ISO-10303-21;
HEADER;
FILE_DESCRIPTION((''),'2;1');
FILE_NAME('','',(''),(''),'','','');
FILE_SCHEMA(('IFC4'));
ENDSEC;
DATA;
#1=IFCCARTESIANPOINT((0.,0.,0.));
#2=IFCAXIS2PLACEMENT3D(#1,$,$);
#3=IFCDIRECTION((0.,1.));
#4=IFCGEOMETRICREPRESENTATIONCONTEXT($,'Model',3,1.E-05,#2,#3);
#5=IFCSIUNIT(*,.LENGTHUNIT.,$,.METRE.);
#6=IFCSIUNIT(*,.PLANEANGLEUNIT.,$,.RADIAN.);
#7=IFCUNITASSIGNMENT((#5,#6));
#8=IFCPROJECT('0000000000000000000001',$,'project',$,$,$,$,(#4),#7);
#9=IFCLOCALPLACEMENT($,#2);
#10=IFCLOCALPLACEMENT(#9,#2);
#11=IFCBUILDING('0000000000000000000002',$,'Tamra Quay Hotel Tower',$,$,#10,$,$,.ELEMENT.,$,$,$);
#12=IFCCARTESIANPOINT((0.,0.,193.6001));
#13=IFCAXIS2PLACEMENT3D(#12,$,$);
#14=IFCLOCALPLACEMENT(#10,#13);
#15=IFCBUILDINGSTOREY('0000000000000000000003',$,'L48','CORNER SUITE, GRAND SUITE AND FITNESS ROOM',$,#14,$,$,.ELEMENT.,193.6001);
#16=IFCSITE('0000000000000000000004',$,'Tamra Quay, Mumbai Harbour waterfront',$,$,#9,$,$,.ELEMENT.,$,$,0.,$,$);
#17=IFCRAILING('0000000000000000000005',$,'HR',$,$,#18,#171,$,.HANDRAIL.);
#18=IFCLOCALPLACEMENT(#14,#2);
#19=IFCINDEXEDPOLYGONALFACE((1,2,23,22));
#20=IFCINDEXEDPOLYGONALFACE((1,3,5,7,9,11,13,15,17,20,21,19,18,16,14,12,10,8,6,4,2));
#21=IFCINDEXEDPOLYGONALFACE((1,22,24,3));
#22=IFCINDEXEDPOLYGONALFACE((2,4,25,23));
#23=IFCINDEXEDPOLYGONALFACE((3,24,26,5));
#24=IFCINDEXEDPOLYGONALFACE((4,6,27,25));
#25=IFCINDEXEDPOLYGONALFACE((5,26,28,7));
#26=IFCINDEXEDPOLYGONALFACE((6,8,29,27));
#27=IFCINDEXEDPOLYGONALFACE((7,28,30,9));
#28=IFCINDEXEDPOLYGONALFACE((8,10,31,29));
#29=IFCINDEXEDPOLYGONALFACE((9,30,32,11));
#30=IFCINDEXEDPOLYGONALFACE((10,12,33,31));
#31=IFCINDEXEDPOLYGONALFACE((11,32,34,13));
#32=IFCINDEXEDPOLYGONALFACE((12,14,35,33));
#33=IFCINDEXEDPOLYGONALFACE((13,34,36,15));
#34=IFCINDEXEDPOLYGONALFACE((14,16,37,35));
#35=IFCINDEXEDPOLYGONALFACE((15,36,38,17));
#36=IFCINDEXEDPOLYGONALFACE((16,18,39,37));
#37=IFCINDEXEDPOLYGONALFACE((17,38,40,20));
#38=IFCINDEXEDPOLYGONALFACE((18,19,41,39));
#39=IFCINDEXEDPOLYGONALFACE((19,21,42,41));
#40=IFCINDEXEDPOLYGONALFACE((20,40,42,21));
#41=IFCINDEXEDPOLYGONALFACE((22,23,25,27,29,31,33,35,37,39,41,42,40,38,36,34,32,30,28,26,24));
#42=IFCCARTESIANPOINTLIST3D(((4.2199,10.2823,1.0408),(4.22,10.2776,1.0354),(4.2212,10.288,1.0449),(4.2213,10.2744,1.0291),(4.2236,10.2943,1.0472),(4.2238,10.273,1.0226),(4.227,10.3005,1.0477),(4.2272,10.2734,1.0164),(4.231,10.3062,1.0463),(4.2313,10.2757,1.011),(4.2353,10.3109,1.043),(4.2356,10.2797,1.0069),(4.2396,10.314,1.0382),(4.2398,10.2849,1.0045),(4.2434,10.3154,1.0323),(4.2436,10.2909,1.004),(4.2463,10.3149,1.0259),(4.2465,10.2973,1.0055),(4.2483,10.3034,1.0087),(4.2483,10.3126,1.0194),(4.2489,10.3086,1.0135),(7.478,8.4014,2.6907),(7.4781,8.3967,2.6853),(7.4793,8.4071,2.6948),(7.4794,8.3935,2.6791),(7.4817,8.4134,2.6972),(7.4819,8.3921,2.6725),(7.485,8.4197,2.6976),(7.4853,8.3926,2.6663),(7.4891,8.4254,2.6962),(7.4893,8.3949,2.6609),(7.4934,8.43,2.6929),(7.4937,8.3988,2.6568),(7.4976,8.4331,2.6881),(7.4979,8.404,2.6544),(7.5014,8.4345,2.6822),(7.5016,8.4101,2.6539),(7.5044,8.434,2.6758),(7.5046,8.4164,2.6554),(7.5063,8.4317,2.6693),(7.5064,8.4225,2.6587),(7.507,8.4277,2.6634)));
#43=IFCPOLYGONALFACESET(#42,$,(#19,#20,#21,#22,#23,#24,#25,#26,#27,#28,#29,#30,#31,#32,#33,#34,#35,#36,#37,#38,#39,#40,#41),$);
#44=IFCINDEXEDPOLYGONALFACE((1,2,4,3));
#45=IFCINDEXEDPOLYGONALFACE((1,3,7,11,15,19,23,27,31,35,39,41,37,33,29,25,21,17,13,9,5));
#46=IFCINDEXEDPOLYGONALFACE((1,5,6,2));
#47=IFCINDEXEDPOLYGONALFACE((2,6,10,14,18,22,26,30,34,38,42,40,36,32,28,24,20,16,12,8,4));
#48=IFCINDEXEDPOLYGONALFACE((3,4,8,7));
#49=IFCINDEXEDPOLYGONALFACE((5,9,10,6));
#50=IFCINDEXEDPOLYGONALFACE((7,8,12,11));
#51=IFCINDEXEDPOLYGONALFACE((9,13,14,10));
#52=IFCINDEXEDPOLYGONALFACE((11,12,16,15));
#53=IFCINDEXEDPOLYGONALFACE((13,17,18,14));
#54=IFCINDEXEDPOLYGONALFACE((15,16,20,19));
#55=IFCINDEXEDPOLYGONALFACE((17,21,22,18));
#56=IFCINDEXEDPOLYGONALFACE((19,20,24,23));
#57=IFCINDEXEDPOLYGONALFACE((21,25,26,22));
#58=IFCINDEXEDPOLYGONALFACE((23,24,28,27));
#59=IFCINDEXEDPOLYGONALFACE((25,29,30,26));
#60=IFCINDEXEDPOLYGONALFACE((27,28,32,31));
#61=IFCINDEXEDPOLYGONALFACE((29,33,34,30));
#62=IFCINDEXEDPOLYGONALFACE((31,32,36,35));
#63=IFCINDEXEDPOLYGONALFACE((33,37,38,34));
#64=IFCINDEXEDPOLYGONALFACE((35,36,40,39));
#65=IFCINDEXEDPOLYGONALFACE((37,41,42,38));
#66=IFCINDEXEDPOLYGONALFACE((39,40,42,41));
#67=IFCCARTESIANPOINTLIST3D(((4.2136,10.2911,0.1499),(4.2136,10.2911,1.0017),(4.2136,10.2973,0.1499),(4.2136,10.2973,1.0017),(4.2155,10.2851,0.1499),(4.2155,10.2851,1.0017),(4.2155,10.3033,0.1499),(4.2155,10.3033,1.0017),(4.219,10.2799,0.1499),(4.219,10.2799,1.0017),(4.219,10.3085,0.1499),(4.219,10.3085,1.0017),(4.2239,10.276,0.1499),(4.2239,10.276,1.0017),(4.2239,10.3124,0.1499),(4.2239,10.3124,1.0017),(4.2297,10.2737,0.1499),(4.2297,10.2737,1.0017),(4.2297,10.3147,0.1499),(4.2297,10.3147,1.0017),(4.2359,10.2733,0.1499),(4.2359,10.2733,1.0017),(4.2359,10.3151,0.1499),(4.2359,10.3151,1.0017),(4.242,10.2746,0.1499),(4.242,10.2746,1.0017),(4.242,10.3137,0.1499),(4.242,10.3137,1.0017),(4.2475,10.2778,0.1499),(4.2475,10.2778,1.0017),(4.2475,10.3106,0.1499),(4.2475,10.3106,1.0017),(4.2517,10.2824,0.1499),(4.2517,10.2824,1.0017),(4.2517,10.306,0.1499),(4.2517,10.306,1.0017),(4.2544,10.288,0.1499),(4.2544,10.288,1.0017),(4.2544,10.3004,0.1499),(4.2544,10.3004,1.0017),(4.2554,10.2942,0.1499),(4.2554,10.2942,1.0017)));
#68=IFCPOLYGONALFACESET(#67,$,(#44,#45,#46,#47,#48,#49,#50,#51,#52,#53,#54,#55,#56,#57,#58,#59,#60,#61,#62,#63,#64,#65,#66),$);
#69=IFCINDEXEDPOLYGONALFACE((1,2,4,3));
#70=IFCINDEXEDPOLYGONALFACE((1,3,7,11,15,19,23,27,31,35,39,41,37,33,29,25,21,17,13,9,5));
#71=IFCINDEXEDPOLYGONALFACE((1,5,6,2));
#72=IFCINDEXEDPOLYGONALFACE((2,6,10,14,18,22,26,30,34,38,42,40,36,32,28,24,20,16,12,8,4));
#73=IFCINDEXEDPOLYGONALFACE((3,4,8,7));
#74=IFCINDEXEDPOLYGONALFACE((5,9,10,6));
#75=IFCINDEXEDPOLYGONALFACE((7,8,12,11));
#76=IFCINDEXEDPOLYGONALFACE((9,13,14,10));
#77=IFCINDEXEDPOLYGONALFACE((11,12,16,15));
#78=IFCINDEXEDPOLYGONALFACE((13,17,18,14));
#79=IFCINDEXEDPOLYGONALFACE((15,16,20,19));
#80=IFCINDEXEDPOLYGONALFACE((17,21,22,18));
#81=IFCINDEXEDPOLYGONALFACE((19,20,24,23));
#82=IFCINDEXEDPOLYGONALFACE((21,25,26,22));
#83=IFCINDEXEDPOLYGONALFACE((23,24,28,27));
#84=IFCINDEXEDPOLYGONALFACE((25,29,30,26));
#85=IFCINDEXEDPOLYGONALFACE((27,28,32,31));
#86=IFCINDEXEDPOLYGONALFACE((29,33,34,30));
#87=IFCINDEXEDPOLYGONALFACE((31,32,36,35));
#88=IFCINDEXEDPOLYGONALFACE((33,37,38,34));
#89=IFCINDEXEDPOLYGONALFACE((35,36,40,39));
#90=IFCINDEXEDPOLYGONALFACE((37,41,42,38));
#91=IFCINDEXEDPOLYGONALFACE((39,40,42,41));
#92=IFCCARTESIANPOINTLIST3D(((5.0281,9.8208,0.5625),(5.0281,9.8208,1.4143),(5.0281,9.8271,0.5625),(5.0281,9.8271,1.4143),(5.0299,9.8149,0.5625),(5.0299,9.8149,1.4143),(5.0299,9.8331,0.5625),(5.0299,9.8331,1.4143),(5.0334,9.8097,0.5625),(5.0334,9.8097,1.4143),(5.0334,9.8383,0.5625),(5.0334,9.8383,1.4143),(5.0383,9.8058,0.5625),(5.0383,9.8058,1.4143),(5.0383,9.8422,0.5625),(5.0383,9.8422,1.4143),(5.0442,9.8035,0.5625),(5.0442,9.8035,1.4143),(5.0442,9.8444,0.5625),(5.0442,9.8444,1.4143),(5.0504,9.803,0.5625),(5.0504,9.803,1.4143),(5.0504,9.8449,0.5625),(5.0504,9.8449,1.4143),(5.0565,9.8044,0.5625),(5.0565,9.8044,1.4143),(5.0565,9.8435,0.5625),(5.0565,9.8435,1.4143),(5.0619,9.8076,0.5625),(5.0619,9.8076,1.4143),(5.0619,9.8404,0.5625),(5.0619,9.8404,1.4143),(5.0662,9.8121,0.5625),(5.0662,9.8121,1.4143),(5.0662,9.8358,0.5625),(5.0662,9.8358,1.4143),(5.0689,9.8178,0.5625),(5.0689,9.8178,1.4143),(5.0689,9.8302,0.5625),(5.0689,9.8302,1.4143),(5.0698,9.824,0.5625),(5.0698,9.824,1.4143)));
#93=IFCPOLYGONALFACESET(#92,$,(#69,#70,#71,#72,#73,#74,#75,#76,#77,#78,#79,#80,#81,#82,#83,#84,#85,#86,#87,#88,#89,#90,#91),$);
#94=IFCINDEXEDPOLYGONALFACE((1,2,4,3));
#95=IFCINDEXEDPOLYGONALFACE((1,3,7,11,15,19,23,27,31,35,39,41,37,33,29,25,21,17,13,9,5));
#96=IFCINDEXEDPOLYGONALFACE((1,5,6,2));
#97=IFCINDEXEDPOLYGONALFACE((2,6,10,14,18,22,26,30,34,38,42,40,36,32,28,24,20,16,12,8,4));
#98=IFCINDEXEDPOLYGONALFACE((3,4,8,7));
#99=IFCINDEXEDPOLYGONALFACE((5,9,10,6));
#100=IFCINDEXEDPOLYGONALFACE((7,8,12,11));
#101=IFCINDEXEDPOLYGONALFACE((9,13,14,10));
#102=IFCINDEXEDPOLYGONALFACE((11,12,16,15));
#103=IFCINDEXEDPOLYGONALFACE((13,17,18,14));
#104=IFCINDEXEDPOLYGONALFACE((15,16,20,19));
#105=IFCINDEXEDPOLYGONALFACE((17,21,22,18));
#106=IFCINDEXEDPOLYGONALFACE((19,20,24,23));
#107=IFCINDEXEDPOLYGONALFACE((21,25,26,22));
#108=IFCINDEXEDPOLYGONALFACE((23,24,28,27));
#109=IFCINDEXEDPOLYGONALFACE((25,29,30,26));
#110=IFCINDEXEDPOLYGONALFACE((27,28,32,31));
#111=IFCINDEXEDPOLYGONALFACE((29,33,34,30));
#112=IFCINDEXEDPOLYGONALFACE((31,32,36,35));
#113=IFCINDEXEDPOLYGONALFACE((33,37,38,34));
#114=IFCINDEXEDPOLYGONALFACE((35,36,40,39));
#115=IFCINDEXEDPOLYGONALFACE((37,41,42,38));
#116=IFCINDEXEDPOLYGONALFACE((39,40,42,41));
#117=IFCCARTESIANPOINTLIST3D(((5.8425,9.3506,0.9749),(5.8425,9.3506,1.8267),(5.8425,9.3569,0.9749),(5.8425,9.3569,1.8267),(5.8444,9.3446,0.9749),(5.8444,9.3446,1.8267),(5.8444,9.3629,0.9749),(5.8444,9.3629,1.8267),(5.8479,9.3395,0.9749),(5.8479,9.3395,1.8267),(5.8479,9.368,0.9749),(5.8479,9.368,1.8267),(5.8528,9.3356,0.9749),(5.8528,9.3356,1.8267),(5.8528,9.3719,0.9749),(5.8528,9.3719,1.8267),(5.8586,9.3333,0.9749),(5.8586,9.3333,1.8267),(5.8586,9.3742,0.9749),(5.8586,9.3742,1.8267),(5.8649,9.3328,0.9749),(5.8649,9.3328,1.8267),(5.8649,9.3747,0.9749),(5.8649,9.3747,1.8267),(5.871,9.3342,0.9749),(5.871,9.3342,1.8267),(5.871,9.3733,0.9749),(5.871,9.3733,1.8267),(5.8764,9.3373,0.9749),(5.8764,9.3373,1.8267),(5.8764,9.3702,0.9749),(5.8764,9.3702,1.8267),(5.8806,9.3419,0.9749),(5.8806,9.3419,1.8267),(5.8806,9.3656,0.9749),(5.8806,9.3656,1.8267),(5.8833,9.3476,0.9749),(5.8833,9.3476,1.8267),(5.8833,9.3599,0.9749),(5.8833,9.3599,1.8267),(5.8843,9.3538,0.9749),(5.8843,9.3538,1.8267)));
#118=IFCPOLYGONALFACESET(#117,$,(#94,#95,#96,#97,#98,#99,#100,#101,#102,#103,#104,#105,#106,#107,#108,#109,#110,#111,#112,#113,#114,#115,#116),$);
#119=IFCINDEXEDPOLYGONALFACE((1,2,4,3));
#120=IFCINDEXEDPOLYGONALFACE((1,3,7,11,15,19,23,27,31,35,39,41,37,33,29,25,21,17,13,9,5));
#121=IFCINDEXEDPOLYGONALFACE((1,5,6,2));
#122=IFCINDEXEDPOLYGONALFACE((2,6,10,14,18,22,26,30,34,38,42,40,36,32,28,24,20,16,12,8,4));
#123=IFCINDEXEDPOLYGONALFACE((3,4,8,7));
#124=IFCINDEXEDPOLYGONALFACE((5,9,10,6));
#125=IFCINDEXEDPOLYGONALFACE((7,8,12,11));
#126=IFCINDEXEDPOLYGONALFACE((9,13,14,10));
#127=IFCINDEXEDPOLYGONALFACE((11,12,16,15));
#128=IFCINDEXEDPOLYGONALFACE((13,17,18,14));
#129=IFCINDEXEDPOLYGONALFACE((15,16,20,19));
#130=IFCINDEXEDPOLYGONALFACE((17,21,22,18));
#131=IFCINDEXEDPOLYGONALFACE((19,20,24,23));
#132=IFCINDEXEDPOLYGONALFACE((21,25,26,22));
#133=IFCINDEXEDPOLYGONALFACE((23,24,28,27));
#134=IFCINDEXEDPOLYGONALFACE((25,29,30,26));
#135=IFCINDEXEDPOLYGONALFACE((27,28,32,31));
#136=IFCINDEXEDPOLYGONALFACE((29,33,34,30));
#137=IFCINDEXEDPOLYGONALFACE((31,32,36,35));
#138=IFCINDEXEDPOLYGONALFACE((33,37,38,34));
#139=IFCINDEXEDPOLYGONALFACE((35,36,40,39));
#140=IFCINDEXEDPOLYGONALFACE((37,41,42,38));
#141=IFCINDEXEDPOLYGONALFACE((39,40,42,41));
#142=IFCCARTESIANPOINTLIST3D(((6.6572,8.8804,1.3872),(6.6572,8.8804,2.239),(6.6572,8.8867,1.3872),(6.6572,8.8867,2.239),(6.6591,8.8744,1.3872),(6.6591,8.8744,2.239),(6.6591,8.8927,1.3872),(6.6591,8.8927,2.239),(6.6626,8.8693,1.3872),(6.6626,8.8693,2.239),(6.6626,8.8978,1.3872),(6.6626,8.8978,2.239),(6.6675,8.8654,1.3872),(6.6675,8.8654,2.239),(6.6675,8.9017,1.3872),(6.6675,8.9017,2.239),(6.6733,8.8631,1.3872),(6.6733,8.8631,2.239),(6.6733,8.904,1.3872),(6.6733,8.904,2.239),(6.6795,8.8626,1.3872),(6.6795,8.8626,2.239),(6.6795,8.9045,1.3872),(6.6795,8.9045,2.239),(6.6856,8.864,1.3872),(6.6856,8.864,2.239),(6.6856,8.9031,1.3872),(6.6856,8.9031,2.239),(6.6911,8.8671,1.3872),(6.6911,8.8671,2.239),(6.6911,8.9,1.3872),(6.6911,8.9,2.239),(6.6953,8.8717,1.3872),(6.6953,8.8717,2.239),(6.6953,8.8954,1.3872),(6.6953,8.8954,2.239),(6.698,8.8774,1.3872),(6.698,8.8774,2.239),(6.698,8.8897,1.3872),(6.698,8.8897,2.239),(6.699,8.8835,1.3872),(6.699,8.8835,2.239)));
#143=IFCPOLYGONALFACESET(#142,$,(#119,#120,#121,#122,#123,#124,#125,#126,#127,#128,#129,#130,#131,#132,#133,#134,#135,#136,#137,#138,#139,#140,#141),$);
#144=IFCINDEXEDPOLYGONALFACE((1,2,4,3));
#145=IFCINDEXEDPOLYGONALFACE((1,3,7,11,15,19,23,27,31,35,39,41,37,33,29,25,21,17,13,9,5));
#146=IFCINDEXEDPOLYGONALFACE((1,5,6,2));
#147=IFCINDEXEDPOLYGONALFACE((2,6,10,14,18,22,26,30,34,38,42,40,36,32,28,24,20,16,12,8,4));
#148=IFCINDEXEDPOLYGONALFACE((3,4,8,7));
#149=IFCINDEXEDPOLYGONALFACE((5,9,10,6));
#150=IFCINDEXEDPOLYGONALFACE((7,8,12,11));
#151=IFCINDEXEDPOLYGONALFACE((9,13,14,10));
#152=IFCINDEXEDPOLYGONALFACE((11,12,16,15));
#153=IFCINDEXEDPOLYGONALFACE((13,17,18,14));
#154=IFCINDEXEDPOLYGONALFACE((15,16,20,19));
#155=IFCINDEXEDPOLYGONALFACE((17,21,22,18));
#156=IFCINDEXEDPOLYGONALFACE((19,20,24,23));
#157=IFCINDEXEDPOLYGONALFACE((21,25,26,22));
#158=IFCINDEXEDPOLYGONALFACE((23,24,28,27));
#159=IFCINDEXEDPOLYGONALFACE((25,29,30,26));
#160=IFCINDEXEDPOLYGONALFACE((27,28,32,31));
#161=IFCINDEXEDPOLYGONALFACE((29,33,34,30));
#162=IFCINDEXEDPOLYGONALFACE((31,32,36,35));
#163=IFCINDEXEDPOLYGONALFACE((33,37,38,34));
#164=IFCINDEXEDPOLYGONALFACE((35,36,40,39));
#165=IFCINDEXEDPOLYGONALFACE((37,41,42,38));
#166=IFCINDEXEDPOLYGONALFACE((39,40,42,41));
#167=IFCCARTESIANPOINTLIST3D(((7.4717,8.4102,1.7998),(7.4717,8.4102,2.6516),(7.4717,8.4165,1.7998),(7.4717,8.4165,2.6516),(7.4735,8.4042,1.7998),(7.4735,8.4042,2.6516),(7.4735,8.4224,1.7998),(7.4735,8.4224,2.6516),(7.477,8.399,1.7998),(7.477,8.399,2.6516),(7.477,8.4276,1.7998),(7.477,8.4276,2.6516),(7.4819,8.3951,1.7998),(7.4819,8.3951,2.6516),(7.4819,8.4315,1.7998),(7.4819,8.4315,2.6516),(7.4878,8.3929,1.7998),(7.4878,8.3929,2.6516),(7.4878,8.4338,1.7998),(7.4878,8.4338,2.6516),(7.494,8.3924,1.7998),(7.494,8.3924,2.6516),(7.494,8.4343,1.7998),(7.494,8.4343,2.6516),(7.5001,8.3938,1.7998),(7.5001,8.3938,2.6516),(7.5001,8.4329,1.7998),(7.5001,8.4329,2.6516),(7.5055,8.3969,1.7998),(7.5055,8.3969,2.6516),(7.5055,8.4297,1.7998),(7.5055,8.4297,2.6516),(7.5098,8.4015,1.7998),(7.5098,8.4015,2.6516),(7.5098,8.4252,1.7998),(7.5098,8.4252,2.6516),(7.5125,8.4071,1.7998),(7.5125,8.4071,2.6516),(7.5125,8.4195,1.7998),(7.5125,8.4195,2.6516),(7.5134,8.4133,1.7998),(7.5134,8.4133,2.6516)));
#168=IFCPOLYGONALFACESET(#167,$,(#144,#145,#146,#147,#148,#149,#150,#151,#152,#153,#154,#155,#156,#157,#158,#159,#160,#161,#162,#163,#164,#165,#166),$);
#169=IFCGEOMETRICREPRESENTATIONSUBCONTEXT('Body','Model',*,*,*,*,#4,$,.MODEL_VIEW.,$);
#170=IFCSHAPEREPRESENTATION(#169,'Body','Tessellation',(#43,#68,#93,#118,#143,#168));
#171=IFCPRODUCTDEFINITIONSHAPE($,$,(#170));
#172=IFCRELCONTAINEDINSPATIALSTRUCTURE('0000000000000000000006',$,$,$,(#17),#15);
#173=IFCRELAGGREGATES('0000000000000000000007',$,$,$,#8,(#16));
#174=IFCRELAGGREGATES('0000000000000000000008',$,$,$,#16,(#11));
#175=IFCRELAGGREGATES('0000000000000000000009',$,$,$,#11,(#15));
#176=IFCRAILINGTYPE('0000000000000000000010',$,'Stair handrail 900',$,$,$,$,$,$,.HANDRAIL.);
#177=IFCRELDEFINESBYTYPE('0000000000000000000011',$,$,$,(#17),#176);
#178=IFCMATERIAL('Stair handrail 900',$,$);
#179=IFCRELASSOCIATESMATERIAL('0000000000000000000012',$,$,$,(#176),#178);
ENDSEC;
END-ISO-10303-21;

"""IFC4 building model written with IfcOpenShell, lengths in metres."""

from ifc_helpers import new_model, si_unit, direction, frame, origin, origin_2d, place, context, subcontext, project, spatial, circle, extrude, material, type_object, element, save


model = new_model("IFC4")

# Units and contexts
model_context = context("Model", 3, precision=1e-05, world=origin(), true_north=direction((0.0, 1.0)))
body_context = subcontext(model_context, "Body", "Model", "MODEL_VIEW")
ifc_project = project(units=[si_unit("LENGTHUNIT", "METRE"), si_unit("PLANEANGLEUNIT", "RADIAN")], contexts=[model_context])

# Site, building, storey
site_placement = place(None, origin())
site = spatial("IfcSite", under=ifc_project, at=site_placement, Name="Tamra Quay, Mumbai Harbour waterfront", CompositionType="ELEMENT", RefElevation=0.0)
building_placement = place(site_placement, origin())
building = spatial("IfcBuilding", under=site, at=building_placement, Name="Tamra Quay Hotel Tower", CompositionType="ELEMENT")
storey_placement = place(building_placement, frame((0.0, 0.0, 193.6001)))
storey = spatial("IfcBuildingStorey", under=building, at=storey_placement, Name="L48", Description="CORNER SUITE, GRAND SUITE AND FITNESS ROOM", CompositionType="ELEMENT", Elevation=193.6001)

# Railing
ifc_material_1 = material(Name="Stair handrail 900")
railing_type_1 = type_object("IfcRailingType", Name="Stair handrail 900", PredefinedType="HANDRAIL", material=ifc_material_1)
railing_1_placement = place(storey_placement, frame((4.2344, 10.2942, 0.1499)))
element("IfcRailing", 1, at=railing_1_placement, inside=storey, type_object=railing_type_1, Name="HR", PredefinedType="HANDRAIL", context=body_context, shape_type="SweptSolid", body=[
    extrude(circle(Radius=0.0239, at=origin_2d()), frame((0.0, 0.0, 0.876), z_axis=(0.793122, -0.457865, 0.401642), x_axis=(0.499964, 0.866046, 0.0)), (0.0, 0.0, 1.0), 4.1079),
    extrude(circle(Radius=0.021, at=origin_2d()), origin(), (0.0, 0.0, 1.0), 0.8518),
    extrude(circle(Radius=0.021, at=origin_2d()), frame((0.8145, -0.4702, 0.4126)), (0.0, 0.0, 1.0), 0.8518),
    extrude(circle(Radius=0.021, at=origin_2d()), frame((1.6289, -0.9404, 0.825)), (0.0, 0.0, 1.0), 0.8518),
    extrude(circle(Radius=0.021, at=origin_2d()), frame((2.4436, -1.4106, 1.2373)), (0.0, 0.0, 1.0), 0.8518),
    extrude(circle(Radius=0.021, at=origin_2d()), frame((3.2581, -1.8809, 1.6499)), (0.0, 0.0, 1.0), 0.8518),
])

save(model, "model.ifc")
